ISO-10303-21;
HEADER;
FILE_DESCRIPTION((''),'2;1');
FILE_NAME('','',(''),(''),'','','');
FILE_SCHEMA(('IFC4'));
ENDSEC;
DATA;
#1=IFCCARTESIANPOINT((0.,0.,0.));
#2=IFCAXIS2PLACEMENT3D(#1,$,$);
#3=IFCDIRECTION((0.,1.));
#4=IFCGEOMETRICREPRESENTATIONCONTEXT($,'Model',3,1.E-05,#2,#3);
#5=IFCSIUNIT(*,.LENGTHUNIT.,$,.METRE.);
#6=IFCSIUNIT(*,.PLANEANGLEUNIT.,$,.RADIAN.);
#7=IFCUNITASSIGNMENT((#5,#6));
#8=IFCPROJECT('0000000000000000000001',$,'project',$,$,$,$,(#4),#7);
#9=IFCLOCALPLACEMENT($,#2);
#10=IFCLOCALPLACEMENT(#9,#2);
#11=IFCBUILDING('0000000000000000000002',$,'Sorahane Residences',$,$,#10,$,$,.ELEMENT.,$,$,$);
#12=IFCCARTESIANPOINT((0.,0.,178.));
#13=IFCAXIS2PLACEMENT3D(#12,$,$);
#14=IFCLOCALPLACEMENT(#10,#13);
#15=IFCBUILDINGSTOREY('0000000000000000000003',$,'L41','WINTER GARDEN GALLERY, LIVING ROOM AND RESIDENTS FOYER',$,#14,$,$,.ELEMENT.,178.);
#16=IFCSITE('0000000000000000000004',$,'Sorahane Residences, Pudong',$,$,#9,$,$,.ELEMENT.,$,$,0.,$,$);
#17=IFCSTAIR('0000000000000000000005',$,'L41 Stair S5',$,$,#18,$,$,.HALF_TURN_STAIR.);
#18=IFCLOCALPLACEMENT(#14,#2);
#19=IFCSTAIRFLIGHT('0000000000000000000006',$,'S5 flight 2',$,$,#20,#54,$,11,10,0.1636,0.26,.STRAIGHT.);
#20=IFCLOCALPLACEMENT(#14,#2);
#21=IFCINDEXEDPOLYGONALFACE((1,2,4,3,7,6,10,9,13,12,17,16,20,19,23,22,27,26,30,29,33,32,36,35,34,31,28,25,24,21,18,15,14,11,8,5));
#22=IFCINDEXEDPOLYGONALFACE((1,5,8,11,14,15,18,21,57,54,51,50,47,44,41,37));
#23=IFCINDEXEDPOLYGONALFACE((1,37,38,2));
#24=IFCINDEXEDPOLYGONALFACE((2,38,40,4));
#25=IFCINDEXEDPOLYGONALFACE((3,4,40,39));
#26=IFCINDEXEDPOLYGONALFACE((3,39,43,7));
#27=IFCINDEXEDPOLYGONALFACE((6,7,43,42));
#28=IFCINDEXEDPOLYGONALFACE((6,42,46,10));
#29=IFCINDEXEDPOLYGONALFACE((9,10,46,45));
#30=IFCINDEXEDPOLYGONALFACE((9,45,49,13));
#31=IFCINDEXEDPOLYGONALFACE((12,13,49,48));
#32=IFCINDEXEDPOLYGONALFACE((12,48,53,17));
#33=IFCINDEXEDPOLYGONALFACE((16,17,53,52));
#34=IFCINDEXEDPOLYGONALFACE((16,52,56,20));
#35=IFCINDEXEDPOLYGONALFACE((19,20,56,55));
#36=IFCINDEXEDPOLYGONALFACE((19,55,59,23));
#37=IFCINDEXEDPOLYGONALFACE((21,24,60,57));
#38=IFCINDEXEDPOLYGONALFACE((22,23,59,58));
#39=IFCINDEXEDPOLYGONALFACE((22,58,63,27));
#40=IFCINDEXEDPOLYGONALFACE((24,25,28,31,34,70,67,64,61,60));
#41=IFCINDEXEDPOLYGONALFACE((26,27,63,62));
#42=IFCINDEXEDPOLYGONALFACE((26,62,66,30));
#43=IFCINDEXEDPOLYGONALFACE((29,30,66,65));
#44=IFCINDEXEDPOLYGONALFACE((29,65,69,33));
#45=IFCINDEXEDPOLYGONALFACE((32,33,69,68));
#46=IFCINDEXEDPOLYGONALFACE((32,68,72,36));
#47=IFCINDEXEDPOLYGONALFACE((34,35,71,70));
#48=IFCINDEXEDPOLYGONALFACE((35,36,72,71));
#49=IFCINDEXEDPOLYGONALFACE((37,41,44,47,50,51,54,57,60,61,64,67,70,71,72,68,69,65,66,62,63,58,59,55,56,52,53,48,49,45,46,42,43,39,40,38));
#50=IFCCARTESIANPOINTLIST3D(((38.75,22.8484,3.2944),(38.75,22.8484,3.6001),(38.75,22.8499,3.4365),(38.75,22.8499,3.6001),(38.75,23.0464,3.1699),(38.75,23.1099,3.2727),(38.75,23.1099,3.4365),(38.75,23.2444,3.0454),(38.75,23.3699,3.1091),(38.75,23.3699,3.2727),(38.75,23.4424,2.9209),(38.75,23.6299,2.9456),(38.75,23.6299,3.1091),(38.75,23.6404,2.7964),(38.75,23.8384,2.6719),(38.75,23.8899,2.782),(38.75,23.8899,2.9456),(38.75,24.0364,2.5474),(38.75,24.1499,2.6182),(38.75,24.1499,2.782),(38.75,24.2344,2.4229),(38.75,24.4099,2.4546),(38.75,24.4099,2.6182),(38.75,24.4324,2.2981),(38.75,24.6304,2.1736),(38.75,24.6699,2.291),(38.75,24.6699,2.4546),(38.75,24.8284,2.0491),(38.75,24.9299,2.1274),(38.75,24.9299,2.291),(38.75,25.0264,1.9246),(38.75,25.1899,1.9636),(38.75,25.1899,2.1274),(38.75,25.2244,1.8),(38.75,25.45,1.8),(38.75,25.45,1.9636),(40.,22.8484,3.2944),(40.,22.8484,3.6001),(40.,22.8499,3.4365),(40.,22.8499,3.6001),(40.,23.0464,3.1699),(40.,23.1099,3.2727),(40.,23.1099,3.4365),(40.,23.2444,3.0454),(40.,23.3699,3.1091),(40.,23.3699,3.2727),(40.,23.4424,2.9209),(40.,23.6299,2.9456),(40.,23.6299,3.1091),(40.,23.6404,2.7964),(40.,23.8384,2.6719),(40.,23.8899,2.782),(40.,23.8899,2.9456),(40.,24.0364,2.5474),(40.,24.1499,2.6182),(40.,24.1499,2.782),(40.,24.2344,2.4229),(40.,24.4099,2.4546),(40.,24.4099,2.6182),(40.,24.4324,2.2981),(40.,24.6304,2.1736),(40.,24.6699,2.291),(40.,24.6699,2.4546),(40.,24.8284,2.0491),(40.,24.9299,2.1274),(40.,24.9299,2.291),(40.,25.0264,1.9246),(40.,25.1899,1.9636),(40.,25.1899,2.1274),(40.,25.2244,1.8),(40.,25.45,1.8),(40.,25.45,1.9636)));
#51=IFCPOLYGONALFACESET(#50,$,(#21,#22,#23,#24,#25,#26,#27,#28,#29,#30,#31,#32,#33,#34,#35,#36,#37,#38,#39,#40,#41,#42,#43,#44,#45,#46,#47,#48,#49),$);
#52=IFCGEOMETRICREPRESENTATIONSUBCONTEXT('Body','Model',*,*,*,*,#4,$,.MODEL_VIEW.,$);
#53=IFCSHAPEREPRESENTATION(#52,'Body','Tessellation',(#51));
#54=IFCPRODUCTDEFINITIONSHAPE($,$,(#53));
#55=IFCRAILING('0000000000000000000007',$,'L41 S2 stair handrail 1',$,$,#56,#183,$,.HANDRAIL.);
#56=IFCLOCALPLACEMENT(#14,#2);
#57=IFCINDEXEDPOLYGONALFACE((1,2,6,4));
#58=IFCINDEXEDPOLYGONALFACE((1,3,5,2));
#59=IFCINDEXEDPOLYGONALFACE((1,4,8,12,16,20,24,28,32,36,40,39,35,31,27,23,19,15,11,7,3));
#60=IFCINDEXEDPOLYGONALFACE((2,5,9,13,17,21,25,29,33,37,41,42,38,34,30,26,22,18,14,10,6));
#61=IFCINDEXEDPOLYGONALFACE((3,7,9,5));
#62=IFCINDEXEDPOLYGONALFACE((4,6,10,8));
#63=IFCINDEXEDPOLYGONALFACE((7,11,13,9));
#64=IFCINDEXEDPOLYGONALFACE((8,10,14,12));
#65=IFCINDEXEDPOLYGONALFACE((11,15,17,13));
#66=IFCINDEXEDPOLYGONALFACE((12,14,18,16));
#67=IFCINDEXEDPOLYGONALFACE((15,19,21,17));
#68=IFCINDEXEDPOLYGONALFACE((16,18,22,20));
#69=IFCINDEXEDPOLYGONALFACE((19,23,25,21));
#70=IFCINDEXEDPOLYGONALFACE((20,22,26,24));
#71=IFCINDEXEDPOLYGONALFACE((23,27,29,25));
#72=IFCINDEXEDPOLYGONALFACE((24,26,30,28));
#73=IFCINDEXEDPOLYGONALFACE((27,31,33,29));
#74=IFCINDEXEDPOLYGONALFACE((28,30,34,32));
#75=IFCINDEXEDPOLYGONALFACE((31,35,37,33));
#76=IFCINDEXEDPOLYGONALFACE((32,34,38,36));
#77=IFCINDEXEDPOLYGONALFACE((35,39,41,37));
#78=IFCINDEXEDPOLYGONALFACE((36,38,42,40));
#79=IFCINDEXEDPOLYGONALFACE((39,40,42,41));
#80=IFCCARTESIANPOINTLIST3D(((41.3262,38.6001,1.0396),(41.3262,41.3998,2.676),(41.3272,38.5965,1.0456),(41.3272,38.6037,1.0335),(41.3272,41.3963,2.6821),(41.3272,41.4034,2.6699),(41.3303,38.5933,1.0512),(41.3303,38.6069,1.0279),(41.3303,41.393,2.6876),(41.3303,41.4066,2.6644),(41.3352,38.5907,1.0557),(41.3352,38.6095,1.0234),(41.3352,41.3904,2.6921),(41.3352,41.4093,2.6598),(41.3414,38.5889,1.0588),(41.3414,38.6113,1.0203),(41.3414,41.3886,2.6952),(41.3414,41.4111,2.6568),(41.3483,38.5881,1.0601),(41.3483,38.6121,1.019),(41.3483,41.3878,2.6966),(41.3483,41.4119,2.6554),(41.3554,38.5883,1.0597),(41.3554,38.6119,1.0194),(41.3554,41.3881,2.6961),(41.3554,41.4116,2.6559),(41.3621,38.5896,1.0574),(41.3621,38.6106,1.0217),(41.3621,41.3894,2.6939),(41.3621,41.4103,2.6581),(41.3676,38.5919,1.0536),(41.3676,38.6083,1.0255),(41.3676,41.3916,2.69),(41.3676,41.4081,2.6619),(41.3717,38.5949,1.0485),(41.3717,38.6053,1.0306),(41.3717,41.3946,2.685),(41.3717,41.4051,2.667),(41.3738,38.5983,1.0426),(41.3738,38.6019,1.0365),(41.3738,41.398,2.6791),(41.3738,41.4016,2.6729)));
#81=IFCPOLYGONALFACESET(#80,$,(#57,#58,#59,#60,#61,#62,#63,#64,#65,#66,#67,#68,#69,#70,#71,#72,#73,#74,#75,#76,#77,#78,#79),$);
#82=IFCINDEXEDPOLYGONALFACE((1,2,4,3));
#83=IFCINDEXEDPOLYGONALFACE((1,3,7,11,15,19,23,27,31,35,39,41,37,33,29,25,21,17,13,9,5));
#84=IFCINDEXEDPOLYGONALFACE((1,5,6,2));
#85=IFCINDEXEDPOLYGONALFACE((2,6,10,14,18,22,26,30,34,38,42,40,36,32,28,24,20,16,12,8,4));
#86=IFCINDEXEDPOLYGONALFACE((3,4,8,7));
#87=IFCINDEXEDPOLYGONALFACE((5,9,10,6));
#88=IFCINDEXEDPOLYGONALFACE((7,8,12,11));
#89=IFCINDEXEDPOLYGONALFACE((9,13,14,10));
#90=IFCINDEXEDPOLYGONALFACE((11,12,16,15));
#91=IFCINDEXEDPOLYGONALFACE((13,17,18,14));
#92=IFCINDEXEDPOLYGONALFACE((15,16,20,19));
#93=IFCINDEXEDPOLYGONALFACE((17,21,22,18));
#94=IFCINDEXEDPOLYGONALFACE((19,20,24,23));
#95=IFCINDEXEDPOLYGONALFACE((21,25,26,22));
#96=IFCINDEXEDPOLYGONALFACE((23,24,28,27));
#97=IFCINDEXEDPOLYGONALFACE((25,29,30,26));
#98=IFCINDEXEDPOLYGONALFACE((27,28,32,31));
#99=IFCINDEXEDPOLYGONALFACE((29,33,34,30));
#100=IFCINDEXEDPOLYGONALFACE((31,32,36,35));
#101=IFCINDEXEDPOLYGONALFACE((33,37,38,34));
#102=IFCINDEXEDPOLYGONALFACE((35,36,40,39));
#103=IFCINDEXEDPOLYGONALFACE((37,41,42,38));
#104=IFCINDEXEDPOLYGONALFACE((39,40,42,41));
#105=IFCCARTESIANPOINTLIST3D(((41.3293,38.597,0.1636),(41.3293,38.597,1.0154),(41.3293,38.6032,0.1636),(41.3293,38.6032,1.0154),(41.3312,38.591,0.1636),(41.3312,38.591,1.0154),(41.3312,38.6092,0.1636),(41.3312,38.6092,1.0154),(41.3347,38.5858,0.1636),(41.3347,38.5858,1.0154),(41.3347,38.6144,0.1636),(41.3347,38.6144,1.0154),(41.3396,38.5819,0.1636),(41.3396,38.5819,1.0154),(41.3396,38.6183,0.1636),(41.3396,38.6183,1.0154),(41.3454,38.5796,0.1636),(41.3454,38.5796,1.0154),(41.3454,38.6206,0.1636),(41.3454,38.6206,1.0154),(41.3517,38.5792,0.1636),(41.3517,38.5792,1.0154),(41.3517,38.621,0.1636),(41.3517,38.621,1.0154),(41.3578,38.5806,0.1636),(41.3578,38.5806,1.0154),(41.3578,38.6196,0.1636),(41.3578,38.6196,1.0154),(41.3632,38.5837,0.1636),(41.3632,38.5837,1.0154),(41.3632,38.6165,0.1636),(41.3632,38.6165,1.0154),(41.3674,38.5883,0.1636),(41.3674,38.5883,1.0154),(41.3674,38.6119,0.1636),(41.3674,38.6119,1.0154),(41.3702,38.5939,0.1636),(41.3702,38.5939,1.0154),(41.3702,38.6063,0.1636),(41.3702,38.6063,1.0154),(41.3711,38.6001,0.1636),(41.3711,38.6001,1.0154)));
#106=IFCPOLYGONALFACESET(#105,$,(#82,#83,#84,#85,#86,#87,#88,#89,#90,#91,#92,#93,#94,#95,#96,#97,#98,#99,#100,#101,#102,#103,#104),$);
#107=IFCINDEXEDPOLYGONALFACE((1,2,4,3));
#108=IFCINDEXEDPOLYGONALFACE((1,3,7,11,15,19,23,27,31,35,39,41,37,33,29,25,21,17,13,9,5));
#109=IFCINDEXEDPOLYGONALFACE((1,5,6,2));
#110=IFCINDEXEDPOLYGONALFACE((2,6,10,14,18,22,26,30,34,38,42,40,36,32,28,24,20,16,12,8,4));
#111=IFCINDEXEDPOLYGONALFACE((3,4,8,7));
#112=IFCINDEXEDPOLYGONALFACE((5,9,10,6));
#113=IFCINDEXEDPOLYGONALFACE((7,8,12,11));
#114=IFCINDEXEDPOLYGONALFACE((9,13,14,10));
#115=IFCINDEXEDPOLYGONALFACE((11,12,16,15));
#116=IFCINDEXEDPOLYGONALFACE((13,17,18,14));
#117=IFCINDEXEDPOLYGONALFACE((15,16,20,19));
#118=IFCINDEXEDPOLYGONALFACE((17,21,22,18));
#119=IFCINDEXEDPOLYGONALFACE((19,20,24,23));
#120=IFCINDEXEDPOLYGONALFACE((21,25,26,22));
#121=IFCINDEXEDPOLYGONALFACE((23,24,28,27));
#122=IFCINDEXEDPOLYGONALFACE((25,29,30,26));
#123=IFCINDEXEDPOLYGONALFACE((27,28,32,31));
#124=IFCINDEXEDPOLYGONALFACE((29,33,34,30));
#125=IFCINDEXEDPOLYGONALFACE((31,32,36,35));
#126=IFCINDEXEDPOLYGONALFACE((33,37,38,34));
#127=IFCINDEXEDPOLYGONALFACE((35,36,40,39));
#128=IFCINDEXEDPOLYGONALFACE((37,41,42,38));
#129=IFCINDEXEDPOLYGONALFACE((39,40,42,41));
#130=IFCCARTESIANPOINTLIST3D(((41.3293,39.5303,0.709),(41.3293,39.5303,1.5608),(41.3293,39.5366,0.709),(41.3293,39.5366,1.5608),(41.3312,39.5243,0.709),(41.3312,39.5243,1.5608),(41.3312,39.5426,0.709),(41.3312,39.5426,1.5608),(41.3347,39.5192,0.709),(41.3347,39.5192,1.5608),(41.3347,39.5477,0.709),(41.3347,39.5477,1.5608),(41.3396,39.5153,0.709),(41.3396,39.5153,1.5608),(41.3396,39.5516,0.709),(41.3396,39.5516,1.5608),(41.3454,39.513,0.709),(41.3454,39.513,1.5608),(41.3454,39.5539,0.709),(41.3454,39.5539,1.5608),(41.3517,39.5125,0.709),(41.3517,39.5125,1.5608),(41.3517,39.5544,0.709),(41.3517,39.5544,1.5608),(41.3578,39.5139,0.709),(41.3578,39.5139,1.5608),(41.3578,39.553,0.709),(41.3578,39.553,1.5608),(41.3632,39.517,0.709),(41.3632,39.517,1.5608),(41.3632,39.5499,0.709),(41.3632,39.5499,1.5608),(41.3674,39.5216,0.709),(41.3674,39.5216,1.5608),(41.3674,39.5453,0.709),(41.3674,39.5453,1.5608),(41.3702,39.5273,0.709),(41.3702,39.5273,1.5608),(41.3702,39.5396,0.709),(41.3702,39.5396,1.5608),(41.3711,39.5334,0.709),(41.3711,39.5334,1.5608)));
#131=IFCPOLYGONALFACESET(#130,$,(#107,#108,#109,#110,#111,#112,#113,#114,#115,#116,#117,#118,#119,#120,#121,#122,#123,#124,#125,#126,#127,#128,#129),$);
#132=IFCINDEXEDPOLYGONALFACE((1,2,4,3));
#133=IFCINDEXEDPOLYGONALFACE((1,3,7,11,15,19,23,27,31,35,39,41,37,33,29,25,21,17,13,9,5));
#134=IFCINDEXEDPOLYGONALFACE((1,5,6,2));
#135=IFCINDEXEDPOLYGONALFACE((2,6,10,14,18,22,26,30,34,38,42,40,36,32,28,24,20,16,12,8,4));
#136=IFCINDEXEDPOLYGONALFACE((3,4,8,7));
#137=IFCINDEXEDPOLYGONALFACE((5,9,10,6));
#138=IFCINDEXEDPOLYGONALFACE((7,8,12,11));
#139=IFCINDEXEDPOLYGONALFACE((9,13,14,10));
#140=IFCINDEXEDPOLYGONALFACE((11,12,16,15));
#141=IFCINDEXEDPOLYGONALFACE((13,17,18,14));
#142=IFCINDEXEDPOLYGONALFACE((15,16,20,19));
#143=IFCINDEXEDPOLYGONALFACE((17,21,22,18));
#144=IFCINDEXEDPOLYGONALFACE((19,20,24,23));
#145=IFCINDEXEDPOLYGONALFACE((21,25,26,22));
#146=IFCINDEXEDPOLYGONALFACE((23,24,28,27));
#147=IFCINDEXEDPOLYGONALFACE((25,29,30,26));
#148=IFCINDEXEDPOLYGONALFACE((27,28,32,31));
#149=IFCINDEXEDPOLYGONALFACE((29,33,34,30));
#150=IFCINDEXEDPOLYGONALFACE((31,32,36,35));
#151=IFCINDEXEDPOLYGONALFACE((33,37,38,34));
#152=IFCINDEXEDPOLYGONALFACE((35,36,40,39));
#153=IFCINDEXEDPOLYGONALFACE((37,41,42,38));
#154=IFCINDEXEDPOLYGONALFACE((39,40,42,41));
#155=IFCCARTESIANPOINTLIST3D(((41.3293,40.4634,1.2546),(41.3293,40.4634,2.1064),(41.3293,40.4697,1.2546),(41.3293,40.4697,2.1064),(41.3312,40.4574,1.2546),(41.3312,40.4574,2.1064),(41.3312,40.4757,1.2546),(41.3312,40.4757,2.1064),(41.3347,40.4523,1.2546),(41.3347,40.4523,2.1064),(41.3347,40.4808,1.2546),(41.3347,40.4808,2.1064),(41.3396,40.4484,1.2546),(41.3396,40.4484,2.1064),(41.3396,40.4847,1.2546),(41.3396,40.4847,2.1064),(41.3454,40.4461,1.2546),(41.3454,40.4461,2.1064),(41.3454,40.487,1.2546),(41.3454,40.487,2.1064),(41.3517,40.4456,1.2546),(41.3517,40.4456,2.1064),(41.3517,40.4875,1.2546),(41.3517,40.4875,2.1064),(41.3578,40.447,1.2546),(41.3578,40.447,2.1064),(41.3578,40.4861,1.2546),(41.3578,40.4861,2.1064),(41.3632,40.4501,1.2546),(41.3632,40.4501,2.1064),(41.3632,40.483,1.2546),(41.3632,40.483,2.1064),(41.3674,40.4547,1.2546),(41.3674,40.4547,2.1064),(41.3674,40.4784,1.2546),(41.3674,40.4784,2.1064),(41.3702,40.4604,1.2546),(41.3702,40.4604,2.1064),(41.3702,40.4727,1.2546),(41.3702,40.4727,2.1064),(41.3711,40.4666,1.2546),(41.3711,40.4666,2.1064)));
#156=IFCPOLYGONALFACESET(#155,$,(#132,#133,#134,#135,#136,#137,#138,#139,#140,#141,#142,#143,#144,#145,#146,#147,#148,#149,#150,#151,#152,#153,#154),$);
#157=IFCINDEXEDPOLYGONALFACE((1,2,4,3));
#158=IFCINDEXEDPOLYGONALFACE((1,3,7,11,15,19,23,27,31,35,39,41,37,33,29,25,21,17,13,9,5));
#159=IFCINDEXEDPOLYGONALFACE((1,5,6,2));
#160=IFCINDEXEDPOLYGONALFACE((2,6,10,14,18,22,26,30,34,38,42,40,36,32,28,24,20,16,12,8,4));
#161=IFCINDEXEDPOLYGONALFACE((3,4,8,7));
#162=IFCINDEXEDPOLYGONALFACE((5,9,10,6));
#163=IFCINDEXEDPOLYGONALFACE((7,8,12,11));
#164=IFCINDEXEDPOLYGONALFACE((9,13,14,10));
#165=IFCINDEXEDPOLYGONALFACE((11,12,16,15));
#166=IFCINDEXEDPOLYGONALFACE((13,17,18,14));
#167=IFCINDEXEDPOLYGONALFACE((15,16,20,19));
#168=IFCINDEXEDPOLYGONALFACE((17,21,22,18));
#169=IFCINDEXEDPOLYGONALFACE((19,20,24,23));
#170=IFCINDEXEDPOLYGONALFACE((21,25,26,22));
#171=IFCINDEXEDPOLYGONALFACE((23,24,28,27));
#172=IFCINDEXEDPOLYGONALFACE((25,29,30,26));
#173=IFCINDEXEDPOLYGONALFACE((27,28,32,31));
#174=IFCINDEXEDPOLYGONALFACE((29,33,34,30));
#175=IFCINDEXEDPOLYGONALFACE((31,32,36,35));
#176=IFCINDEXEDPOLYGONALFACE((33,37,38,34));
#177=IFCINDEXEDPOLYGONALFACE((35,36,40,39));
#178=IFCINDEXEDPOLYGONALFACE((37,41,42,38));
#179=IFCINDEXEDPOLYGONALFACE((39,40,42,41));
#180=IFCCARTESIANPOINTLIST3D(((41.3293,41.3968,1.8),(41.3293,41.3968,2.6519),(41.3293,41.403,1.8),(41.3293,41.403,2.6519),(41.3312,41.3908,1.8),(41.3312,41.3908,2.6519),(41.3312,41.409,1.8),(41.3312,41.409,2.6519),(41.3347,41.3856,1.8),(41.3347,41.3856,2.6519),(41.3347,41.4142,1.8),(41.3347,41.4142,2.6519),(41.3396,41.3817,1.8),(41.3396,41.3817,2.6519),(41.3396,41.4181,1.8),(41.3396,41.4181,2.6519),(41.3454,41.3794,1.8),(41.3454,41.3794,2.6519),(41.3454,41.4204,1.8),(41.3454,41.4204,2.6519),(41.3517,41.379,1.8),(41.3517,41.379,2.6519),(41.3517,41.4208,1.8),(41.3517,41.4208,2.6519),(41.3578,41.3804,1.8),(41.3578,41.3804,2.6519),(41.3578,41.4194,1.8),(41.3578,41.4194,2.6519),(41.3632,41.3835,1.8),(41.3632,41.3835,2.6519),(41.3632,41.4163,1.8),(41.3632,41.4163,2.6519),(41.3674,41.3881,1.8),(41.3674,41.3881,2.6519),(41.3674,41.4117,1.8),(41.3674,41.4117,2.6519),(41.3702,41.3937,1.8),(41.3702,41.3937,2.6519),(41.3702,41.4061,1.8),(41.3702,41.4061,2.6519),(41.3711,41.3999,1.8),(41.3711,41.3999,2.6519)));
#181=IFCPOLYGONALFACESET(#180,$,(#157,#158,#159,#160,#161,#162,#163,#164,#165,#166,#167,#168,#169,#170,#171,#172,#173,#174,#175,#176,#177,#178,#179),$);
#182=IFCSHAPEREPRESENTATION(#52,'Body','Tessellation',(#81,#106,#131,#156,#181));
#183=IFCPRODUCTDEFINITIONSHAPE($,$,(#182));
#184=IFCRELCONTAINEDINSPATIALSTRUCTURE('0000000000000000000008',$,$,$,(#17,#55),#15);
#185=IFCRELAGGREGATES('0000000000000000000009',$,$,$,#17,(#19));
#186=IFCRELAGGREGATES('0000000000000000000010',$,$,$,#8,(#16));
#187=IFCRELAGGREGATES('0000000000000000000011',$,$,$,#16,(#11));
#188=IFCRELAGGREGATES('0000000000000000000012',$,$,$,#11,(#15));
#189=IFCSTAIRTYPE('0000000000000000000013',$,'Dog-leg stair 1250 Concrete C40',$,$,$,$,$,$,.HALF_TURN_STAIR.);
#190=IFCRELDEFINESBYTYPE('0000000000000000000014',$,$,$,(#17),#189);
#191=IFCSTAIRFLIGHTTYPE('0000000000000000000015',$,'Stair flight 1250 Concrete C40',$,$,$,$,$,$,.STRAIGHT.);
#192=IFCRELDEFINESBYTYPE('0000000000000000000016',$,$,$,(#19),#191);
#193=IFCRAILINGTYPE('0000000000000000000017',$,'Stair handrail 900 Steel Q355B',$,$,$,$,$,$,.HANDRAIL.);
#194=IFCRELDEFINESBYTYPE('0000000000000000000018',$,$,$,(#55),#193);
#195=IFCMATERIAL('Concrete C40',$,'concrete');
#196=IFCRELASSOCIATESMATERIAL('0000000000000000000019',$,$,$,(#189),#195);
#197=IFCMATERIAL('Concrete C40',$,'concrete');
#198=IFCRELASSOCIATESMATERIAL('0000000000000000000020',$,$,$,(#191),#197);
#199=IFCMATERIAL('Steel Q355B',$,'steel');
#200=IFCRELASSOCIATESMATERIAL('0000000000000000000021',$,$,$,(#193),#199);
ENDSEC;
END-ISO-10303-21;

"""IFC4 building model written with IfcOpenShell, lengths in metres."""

from ifc_helpers import new_model, si_unit, direction, frame, origin, origin_2d, place, context, subcontext, project, spatial, polyline, circle, outline, extrude, material, type_object, element, aggregate, save


model = new_model("IFC4")

# Units and contexts
model_context = context("Model", 3, precision=1e-05, world=origin(), true_north=direction((0.0, 1.0)))
body_context = subcontext(model_context, "Body", "Model", "MODEL_VIEW")
ifc_project = project(units=[si_unit("LENGTHUNIT", "METRE"), si_unit("PLANEANGLEUNIT", "RADIAN")], contexts=[model_context])

# Site, building, storey
site_placement = place(None, origin())
site = spatial("IfcSite", under=ifc_project, at=site_placement, Name="Sorahane Residences, Pudong", CompositionType="ELEMENT", RefElevation=0.0)
building_placement = place(site_placement, origin())
building = spatial("IfcBuilding", under=site, at=building_placement, Name="Sorahane Residences", CompositionType="ELEMENT")
storey_placement = place(building_placement, frame((0.0, 0.0, 178.0)))
storey = spatial("IfcBuildingStorey", under=building, at=storey_placement, Name="L41", Description="WINTER GARDEN GALLERY, LIVING ROOM AND RESIDENTS FOYER", CompositionType="ELEMENT", Elevation=178.0)

# Stair, stair flight
ifc_material_1 = material(Name="Concrete C40", Category="concrete")
stair_type = type_object("IfcStairType", Name="Dog-leg stair 1250 Concrete C40", PredefinedType="HALF_TURN_STAIR", material=ifc_material_1)
ifc_material_2 = material(Name="Concrete C40", Category="concrete")
stair_flight_type = type_object("IfcStairFlightType", Name="Stair flight 1250 Concrete C40", PredefinedType="STRAIGHT", material=ifc_material_2)
stair_1_placement = place(storey_placement, origin())
stair_1 = element("IfcStair", 1, at=stair_1_placement, inside=storey, type_object=stair_type, Name="L41 Stair S5", PredefinedType="HALF_TURN_STAIR")
stair_flight_1_placement = place(storey_placement, frame((39.375, 25.45, 1.8), z_axis=(0.0, 0.0, 1.0), x_axis=(0.0, -1.0, 0.0)))
stair_flight_1 = element("IfcStairFlight", 2, at=stair_flight_1_placement, type_object=stair_flight_type, Name="S5 flight 2", NumberOfRisers=11, NumberOfTreads=10, PredefinedType="STRAIGHT", RiserHeight=0.1636, TreadLength=0.26, context=body_context, shape_type="SweptSolid", body=[
    extrude(outline(polyline([(0.0, 0.0), (0.0, 0.1636), (0.26, 0.1636), (0.26, 0.3274), (0.52, 0.3274), (0.52, 0.491), (0.78, 0.491), (0.78, 0.6545), (1.04, 0.6545), (1.04, 0.8181), (1.3, 0.8181), (1.3, 0.9819), (1.5601, 0.9819), (1.5601, 1.1455), (1.8201, 1.1455), (1.8201, 1.3091), (2.0801, 1.3091), (2.0801, 1.4727), (2.3401, 1.4727), (2.3401, 1.6365), (2.6001, 1.6365), (2.6001, 1.8), (2.6016, 1.8), (2.6016, 1.4944), (2.4036, 1.3699), (2.2056, 1.2454), (2.0076, 1.1208), (1.8096, 0.9963), (1.6116, 0.8718), (1.4136, 0.7473), (1.2156, 0.6228), (1.0176, 0.498), (0.8196, 0.3735), (0.6216, 0.249), (0.4236, 0.1245), (0.2256, 0.0), (0.0, 0.0)])), frame((0.0, 0.625, 0.0), z_axis=(0.0, -1.0, 0.0), x_axis=(1.0, 0.0, 0.0)), (0.0, 0.0, 1.0), 1.25),
])
aggregate(stair_1, [stair_flight_1])

# Railing
ifc_material_3 = material(Name="Steel Q355B", Category="steel")
railing_type_1 = type_object("IfcRailingType", Name="Stair handrail 900 Steel Q355B", PredefinedType="HANDRAIL", material=ifc_material_3)
railing_1_placement = place(storey_placement, frame((41.3501, 38.6001, 0.1636)))
element("IfcRailing", 3, at=railing_1_placement, inside=storey, type_object=railing_type_1, Name="L41 S2 stair handrail 1", PredefinedType="HANDRAIL", context=body_context, shape_type="SweptSolid", body=[
    extrude(circle(Radius=0.0239, at=origin_2d()), frame((0.0, 0.0, 0.876), z_axis=(0.0, 0.863342, 0.50462), x_axis=(-1.0, 0.0, 0.0)), (0.0, 0.0, 1.0), 3.2429),
    extrude(circle(Radius=0.021, at=origin_2d()), origin(), (0.0, 0.0, 1.0), 0.8518),
    extrude(circle(Radius=0.021, at=origin_2d()), frame((0.0, 0.9333, 0.5454)), (0.0, 0.0, 1.0), 0.8518),
    extrude(circle(Radius=0.021, at=origin_2d()), frame((0.0, 1.8665, 1.0911)), (0.0, 0.0, 1.0), 0.8518),
    extrude(circle(Radius=0.021, at=origin_2d()), frame((0.0, 2.7998, 1.6365)), (0.0, 0.0, 1.0), 0.8518),
])

save(model, "model.ifc")
